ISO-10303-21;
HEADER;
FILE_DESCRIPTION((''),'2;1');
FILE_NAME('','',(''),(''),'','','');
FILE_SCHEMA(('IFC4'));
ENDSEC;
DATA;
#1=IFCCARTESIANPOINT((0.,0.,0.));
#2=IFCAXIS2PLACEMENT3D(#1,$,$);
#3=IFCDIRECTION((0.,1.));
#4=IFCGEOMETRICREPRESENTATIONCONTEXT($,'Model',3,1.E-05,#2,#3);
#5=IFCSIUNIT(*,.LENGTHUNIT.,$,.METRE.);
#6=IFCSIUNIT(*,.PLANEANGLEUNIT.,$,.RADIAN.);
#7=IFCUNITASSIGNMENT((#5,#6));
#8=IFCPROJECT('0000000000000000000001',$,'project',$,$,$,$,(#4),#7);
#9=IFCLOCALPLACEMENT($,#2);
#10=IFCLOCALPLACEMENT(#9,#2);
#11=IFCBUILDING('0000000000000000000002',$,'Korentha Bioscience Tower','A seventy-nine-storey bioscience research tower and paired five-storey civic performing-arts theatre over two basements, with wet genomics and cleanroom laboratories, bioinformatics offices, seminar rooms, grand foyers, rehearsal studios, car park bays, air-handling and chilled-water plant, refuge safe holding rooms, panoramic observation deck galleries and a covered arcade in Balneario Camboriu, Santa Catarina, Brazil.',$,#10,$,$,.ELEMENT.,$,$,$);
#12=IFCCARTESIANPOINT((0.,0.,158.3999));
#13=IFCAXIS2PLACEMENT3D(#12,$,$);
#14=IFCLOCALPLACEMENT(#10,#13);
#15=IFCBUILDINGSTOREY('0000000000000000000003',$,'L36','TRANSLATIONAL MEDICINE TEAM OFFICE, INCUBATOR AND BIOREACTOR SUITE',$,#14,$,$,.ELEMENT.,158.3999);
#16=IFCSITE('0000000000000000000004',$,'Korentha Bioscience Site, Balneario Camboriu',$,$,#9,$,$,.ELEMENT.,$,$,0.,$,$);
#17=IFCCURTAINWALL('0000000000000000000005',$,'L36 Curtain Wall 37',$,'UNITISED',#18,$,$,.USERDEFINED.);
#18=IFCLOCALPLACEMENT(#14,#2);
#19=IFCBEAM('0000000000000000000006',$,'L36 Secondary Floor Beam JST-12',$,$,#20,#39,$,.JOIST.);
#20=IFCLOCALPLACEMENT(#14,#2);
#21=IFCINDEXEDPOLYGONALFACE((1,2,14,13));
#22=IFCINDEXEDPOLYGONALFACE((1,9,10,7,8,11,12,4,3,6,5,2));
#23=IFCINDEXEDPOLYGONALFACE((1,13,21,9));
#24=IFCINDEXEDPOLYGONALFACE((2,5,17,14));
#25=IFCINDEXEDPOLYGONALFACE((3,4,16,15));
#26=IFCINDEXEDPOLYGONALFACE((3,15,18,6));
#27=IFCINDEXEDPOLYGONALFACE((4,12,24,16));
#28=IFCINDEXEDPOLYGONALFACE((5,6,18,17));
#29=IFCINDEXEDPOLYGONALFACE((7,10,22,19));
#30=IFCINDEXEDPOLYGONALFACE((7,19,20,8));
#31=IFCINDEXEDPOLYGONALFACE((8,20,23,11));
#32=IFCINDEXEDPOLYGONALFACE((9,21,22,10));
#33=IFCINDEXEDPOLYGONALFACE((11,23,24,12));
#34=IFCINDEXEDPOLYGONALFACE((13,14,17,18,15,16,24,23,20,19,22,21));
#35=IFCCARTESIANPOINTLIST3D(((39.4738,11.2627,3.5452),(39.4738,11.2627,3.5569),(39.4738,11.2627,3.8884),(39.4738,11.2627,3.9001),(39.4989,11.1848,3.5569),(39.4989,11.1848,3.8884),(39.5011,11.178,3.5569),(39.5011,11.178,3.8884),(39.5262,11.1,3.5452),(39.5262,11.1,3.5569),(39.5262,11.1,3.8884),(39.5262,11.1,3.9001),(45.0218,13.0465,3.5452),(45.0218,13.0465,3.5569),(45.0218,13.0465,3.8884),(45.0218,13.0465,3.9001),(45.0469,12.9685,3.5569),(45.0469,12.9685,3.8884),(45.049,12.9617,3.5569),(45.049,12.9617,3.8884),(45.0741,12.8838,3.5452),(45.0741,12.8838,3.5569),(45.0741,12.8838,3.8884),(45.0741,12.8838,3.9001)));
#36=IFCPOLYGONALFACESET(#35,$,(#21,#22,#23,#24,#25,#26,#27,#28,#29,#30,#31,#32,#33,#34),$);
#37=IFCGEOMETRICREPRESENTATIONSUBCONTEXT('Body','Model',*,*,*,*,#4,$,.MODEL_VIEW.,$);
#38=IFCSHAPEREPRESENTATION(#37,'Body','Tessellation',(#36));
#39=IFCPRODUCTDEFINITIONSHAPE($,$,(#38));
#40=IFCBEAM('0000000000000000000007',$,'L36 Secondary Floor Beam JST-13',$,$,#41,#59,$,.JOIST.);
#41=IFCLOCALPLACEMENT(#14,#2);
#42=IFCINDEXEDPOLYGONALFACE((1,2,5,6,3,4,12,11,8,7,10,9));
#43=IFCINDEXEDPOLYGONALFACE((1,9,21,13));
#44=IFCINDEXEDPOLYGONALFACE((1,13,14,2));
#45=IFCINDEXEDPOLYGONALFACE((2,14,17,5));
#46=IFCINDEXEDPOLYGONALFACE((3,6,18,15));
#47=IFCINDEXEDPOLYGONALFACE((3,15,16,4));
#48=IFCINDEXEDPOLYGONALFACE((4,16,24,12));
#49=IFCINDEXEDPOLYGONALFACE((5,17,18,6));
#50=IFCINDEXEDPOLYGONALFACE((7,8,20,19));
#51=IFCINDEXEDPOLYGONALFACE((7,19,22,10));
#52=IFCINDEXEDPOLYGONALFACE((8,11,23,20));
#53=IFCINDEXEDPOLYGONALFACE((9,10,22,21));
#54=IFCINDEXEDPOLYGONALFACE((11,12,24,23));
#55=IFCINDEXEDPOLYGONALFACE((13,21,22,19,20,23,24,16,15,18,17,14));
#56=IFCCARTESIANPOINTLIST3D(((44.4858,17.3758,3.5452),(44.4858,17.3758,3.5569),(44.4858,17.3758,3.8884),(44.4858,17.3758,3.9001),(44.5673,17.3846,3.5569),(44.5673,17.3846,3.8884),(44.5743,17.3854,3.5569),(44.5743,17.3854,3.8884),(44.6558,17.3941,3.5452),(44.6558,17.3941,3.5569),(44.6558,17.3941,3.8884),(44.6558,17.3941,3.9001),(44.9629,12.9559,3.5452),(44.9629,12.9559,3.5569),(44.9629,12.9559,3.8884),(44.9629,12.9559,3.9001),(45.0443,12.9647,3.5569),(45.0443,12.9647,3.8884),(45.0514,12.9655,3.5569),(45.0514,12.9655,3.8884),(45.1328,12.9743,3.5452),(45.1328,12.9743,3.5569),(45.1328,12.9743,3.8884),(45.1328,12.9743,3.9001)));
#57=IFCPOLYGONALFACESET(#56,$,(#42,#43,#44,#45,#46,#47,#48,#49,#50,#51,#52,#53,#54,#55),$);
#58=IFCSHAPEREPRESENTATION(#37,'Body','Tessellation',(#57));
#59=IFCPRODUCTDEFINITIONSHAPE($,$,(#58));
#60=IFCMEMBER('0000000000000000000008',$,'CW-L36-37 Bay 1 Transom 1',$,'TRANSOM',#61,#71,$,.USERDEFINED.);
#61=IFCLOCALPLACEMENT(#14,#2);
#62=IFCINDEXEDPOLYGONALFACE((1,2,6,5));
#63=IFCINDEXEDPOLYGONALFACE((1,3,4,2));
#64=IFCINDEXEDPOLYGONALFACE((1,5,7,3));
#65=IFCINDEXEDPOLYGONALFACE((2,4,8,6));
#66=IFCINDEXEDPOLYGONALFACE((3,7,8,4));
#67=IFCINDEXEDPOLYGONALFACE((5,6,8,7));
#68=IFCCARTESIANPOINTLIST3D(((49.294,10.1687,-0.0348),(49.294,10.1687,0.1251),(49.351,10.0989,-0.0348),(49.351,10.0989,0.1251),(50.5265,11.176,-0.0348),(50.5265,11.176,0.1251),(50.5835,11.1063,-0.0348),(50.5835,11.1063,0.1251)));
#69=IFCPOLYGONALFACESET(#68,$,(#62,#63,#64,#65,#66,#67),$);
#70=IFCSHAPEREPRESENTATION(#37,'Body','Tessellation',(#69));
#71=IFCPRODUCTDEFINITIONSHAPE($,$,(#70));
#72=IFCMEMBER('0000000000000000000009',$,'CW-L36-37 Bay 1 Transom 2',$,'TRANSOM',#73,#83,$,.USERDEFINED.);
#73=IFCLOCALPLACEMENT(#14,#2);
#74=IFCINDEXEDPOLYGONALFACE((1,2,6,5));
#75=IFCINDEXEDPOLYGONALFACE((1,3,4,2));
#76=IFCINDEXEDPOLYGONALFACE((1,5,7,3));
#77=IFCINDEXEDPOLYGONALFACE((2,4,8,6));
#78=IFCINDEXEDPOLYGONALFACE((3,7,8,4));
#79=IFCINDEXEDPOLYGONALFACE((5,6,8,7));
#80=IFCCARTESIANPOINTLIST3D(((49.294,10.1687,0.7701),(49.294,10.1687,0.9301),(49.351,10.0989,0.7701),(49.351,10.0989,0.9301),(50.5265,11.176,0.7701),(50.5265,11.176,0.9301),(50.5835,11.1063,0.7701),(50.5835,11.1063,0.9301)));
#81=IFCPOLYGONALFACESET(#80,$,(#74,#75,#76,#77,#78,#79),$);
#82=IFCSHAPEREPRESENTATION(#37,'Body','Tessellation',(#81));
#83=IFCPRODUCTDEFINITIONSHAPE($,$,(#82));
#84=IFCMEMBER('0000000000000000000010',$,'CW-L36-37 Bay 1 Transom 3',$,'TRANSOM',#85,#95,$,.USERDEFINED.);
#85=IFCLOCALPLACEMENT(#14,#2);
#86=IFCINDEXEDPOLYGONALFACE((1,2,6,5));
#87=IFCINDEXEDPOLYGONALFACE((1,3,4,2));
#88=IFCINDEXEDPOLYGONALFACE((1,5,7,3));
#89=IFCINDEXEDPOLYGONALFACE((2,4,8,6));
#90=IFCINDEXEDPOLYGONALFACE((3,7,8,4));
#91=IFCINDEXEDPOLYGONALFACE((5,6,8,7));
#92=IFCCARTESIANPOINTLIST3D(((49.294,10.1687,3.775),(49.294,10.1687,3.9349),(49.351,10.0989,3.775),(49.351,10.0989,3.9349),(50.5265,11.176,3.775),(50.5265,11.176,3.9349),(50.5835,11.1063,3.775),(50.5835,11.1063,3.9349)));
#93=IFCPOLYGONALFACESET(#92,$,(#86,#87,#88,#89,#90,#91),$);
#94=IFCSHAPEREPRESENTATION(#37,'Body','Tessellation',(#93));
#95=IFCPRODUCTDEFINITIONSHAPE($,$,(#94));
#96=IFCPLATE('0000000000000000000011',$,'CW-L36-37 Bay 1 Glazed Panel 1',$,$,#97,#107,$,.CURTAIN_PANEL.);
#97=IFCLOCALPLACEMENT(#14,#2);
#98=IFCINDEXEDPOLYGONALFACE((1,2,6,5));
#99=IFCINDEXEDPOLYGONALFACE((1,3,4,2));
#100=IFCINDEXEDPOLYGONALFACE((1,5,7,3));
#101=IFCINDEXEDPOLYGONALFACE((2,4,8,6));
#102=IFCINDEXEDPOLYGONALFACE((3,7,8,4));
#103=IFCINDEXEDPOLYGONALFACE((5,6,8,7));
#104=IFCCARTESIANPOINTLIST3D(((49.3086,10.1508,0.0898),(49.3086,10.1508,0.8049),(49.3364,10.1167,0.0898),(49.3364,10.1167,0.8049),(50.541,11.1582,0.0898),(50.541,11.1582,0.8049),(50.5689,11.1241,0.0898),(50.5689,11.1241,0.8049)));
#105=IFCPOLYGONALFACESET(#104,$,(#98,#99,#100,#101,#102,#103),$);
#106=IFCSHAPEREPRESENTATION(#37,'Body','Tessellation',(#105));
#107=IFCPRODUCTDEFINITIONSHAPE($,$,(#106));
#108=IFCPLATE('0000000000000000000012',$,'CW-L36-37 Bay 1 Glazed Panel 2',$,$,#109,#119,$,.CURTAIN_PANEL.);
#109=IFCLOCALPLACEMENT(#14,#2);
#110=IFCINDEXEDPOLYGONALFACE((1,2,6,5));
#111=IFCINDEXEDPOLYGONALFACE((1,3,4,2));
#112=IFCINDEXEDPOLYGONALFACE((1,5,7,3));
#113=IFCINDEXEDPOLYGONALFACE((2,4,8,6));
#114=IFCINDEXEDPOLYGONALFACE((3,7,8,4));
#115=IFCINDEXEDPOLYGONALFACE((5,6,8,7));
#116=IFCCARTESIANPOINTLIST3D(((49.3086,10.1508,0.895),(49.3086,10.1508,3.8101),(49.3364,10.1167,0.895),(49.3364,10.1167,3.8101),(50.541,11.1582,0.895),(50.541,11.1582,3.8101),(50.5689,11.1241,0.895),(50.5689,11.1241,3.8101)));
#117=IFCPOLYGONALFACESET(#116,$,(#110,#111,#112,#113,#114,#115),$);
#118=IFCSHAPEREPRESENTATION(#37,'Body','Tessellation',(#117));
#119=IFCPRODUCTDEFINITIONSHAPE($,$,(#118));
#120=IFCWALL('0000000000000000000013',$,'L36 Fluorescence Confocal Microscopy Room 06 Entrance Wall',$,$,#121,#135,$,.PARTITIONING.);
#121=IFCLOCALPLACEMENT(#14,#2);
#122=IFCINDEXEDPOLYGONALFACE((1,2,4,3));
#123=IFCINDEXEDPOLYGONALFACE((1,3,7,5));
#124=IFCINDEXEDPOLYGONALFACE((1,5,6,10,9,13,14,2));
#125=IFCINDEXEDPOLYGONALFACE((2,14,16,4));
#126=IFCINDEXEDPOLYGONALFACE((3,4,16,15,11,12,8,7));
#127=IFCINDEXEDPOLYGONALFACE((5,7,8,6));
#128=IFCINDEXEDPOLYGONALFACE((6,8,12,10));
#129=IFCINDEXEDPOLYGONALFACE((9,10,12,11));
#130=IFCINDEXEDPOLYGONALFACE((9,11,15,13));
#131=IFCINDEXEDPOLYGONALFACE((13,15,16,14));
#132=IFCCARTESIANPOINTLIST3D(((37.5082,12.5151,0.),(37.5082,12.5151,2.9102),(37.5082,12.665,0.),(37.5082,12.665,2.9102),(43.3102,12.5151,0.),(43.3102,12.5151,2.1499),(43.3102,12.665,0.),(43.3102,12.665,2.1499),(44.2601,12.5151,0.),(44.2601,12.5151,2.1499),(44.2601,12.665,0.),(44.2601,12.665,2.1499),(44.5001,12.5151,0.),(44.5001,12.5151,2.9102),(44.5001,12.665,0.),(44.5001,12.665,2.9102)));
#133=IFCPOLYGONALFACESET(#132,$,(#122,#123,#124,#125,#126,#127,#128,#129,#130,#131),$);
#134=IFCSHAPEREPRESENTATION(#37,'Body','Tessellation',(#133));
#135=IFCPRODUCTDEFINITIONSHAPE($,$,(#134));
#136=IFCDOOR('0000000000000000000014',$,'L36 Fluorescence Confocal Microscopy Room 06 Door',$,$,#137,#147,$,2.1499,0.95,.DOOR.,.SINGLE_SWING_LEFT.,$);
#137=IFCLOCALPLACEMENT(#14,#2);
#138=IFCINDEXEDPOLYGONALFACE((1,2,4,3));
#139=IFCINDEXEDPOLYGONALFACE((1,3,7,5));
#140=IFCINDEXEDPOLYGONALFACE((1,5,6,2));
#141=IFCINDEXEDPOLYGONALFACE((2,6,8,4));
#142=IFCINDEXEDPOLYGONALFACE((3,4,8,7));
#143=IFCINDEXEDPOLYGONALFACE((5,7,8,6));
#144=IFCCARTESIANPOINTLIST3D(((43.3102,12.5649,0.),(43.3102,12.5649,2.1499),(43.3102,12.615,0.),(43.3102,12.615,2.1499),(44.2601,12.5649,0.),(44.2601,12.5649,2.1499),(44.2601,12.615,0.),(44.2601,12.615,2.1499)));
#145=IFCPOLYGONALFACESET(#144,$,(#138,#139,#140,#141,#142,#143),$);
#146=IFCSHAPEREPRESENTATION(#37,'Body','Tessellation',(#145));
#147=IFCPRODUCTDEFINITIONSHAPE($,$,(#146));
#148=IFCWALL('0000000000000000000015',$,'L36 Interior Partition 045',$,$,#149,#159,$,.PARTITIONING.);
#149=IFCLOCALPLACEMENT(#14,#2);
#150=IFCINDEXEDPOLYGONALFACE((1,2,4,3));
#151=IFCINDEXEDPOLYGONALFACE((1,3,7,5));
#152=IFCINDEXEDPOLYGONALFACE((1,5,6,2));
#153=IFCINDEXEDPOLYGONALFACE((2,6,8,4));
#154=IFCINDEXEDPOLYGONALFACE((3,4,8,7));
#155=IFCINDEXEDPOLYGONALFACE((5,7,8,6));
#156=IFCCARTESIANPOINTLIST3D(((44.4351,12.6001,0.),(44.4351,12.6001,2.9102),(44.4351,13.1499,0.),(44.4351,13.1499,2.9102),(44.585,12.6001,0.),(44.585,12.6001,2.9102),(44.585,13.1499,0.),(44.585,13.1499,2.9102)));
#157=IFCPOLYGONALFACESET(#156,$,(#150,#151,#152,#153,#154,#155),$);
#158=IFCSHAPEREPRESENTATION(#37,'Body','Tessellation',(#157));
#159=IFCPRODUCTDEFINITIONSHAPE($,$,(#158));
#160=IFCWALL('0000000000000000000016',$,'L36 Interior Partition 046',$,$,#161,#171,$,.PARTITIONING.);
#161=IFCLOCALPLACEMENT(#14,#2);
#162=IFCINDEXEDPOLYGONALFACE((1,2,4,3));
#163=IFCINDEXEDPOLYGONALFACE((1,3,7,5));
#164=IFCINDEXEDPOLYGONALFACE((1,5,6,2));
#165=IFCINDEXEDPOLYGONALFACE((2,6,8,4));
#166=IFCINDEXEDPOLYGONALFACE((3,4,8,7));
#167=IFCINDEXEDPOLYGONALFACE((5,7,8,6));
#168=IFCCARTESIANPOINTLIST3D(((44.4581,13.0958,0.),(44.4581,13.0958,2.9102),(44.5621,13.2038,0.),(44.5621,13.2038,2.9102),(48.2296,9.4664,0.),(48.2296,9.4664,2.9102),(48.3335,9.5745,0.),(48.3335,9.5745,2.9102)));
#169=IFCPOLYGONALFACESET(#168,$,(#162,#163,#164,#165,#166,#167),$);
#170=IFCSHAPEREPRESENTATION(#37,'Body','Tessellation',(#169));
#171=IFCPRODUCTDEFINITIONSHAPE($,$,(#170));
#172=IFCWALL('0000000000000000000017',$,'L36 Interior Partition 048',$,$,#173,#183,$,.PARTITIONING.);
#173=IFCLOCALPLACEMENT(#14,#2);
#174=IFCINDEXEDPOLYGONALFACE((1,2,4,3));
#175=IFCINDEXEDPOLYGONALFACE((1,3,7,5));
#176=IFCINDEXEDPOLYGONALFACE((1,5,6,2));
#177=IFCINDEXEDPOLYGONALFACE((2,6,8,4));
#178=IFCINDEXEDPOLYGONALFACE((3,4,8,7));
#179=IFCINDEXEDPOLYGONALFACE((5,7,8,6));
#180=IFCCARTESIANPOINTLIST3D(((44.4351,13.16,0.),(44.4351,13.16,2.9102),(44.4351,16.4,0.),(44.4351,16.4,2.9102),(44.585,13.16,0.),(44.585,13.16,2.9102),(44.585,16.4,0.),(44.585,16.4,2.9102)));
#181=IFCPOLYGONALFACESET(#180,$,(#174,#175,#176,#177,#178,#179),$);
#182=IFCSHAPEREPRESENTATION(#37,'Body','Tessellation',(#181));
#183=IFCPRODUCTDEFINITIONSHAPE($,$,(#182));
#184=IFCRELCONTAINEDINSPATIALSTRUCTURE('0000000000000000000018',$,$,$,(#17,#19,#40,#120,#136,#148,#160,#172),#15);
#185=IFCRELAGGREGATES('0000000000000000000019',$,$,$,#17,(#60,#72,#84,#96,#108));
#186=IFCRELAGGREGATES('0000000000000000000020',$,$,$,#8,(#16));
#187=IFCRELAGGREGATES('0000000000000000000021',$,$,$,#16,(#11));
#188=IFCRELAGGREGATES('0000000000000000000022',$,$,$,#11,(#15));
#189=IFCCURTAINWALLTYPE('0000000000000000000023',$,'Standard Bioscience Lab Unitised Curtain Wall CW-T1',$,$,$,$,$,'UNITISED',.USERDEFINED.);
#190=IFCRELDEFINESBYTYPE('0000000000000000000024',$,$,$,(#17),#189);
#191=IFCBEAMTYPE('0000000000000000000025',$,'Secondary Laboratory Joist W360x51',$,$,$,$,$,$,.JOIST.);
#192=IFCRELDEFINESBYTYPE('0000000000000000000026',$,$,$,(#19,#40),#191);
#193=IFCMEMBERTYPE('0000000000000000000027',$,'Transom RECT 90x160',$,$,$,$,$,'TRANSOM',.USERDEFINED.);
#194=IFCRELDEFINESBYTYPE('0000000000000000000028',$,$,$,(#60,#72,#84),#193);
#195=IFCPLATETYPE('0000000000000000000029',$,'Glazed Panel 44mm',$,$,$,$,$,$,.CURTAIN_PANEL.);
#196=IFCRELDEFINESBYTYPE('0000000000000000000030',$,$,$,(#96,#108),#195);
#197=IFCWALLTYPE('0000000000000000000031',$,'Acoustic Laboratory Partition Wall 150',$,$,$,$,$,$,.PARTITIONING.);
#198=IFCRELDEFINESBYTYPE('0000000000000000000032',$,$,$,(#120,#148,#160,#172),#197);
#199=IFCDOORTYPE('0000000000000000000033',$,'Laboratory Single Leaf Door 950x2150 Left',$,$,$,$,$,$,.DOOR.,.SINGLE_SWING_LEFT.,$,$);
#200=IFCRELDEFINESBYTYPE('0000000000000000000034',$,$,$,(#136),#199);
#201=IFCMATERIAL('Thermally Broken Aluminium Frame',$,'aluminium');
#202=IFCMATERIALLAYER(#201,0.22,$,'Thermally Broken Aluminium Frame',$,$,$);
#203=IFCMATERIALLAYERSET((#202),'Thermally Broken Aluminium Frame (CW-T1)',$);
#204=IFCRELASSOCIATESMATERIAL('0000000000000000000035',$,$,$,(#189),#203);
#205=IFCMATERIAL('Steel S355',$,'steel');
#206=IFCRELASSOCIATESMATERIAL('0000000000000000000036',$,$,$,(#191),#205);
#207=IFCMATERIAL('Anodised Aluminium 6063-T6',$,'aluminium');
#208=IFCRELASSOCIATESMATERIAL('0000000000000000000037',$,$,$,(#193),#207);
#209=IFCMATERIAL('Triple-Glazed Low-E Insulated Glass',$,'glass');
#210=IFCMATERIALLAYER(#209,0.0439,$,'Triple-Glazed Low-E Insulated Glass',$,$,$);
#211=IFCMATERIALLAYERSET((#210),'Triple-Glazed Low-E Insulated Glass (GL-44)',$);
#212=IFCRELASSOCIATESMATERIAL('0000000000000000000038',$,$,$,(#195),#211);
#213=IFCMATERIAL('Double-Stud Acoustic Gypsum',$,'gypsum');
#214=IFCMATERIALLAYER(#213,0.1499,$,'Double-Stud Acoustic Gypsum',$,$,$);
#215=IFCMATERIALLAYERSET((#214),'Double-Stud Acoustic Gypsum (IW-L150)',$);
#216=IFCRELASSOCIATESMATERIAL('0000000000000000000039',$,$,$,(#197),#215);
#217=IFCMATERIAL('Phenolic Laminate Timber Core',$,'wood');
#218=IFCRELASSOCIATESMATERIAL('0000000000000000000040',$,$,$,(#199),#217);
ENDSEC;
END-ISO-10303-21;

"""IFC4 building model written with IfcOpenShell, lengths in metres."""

from ifc_helpers import new_model, si_unit, direction, frame, frame_2d, origin, origin_2d, place, context, subcontext, project, spatial, rectangle, i_section, extrude, material, layer, layer_set, material_profile, profile_set, type_object, element, fill, aggregate, save


model = new_model("IFC4")

# Units and contexts
model_context = context("Model", 3, precision=1e-05, world=origin(), true_north=direction((0.0, 1.0)))
body_context = subcontext(model_context, "Body", "Model", "MODEL_VIEW")
ifc_project = project(units=[si_unit("LENGTHUNIT", "METRE"), si_unit("PLANEANGLEUNIT", "RADIAN")], contexts=[model_context])

# Site, building, storey
site_placement = place(None, origin())
site = spatial("IfcSite", under=ifc_project, at=site_placement, Name="Korentha Bioscience Site, Balneario Camboriu", CompositionType="ELEMENT", RefElevation=0.0)
building_placement = place(site_placement, origin())
building = spatial("IfcBuilding", under=site, at=building_placement, Name="Korentha Bioscience Tower", Description="A seventy-nine-storey bioscience research tower and paired five-storey civic performing-arts theatre over two basements, with wet genomics and cleanroom laboratories, bioinformatics offices, seminar rooms, grand foyers, rehearsal studios, car park bays, air-handling and chilled-water plant, refuge safe holding rooms, panoramic observation deck galleries and a covered arcade in Balneario Camboriu, Santa Catarina, Brazil.", CompositionType="ELEMENT")
storey_placement = place(building_placement, frame((0.0, 0.0, 158.3999)))
storey = spatial("IfcBuildingStorey", under=building, at=storey_placement, Name="L36", Description="TRANSLATIONAL MEDICINE TEAM OFFICE, INCUBATOR AND BIOREACTOR SUITE", CompositionType="ELEMENT", Elevation=158.3999)

# Curtain wall
ifc_material_1 = material(Name="Thermally Broken Aluminium Frame", Category="aluminium")
ifc_layer_1 = layer(ifc_material_1, 0.22, Name="Thermally Broken Aluminium Frame")
ifc_layer_set_1 = layer_set([ifc_layer_1], Name="Thermally Broken Aluminium Frame (CW-T1)")
curtain_wall_type = type_object("IfcCurtainWallType", Name="Standard Bioscience Lab Unitised Curtain Wall CW-T1", ElementType="UNITISED", PredefinedType="USERDEFINED", material=ifc_layer_set_1)
curtain_wall_placement = place(storey_placement, origin())
curtain_wall = element("IfcCurtainWall", 1, at=curtain_wall_placement, inside=storey, type_object=curtain_wall_type, Name="L36 Curtain Wall 37", ObjectType="UNITISED", PredefinedType="USERDEFINED")
ifc_material_2 = material(Name="Anodised Aluminium 6063-T6", Category="aluminium")

# Beams
ifc_material_3 = material(Name="Steel S355", Category="steel")
ifc_material_profile_1 = material_profile(ifc_material_3, i_section(OverallWidth=0.1709, OverallDepth=0.355, WebThickness=0.0071, FlangeThickness=0.0117, at=origin_2d()), Name="Steel S355")
ifc_profile_set_1 = profile_set([ifc_material_profile_1], Name="Steel S355 (JB-360)")
beam_type_1 = type_object("IfcBeamType", Name="Secondary Laboratory Joist W360x51", PredefinedType="JOIST", material=ifc_profile_set_1)
beam_1_placement = place(storey_placement, frame((39.5, 11.1814, 3.7227), z_axis=(0.952006, 0.30608, 0.0), x_axis=(-0.30608, 0.952006, 0.0)))
element("IfcBeam", 2, at=beam_1_placement, inside=storey, type_object=beam_type_1, Name="L36 Secondary Floor Beam JST-12", PredefinedType="JOIST", context=body_context, shape_type="SweptSolid", body=[
    extrude(i_section(OverallWidth=0.1709, OverallDepth=0.355, WebThickness=0.0071, FlangeThickness=0.0117, at=origin_2d()), origin(), (0.0, 0.0, 1.0), 5.8276),
])
beam_2_placement = place(storey_placement, frame((45.0479, 12.9651, 3.7227), z_axis=(-0.107309, 0.994226, 0.0), x_axis=(-0.994226, -0.107309, 0.0)))
element("IfcBeam", 3, at=beam_2_placement, inside=storey, type_object=beam_type_1, Name="L36 Secondary Floor Beam JST-13", PredefinedType="JOIST", context=body_context, shape_type="SweptSolid", body=[
    extrude(i_section(OverallWidth=0.1709, OverallDepth=0.355, WebThickness=0.0071, FlangeThickness=0.0117, at=origin_2d()), origin(), (0.0, 0.0, 1.0), 4.4456),
])

# Members
ifc_material_profile_2 = material_profile(ifc_material_2, rectangle(XDim=0.0901, YDim=0.1599, at=origin_2d()), Name="Anodised Aluminium 6063-T6")
ifc_profile_set_2 = profile_set([ifc_material_profile_2], Name="Anodised Aluminium 6063-T6 (CW-TRN)")
member_type_1 = type_object("IfcMemberType", Name="Transom RECT 90x160", ElementType="TRANSOM", PredefinedType="USERDEFINED", material=ifc_profile_set_2)
member_1_placement = place(storey_placement, frame((49.3225, 10.1338, 0.0452), z_axis=(0.774272, 0.632853, 0.0), x_axis=(-0.632853, 0.774272, 0.0)))
member_1 = element("IfcMember", 4, at=member_1_placement, type_object=member_type_1, Name="CW-L36-37 Bay 1 Transom 1", ObjectType="TRANSOM", PredefinedType="USERDEFINED", context=body_context, shape_type="SweptSolid", body=[
    extrude(rectangle(XDim=0.0901, YDim=0.1599, at=origin_2d()), origin(), (0.0, 0.0, 1.0), 1.5918),
])
member_2_placement = place(storey_placement, frame((49.3225, 10.1338, 0.8501), z_axis=(0.774272, 0.632853, 0.0), x_axis=(-0.632853, 0.774272, 0.0)))
member_2 = element("IfcMember", 5, at=member_2_placement, type_object=member_type_1, Name="CW-L36-37 Bay 1 Transom 2", ObjectType="TRANSOM", PredefinedType="USERDEFINED", context=body_context, shape_type="SweptSolid", body=[
    extrude(rectangle(XDim=0.0901, YDim=0.1599, at=origin_2d()), origin(), (0.0, 0.0, 1.0), 1.5918),
])
member_3_placement = place(storey_placement, frame((49.3225, 10.1338, 3.855), z_axis=(0.774272, 0.632853, 0.0), x_axis=(-0.632853, 0.774272, 0.0)))
member_3 = element("IfcMember", 6, at=member_3_placement, type_object=member_type_1, Name="CW-L36-37 Bay 1 Transom 3", ObjectType="TRANSOM", PredefinedType="USERDEFINED", context=body_context, shape_type="SweptSolid", body=[
    extrude(rectangle(XDim=0.0901, YDim=0.1599, at=origin_2d()), origin(), (0.0, 0.0, 1.0), 1.5918),
])

# Plates
ifc_material_4 = material(Name="Triple-Glazed Low-E Insulated Glass", Category="glass")
ifc_layer_2 = layer(ifc_material_4, 0.0439, Name="Triple-Glazed Low-E Insulated Glass")
ifc_layer_set_2 = layer_set([ifc_layer_2], Name="Triple-Glazed Low-E Insulated Glass (GL-44)")
plate_type = type_object("IfcPlateType", Name="Glazed Panel 44mm", PredefinedType="CURTAIN_PANEL", material=ifc_layer_set_2)
plate_1_placement = place(storey_placement, frame((49.9387, 10.6375, 0.0898), z_axis=(0.0, 0.0, 1.0), x_axis=(0.774256, 0.632872, 0.0)))
plate_1 = element("IfcPlate", 7, at=plate_1_placement, type_object=plate_type, Name="CW-L36-37 Bay 1 Glazed Panel 1", PredefinedType="CURTAIN_PANEL", context=body_context, shape_type="SweptSolid", body=[
    extrude(rectangle(XDim=1.5918, YDim=0.0439, at=origin_2d()), origin(), (0.0, 0.0, 1.0), 0.7151),
])
plate_2_placement = place(storey_placement, frame((49.9387, 10.6375, 0.895), z_axis=(0.0, 0.0, 1.0), x_axis=(0.774256, 0.632872, 0.0)))
plate_2 = element("IfcPlate", 8, at=plate_2_placement, type_object=plate_type, Name="CW-L36-37 Bay 1 Glazed Panel 2", PredefinedType="CURTAIN_PANEL", context=body_context, shape_type="SweptSolid", body=[
    extrude(rectangle(XDim=1.5918, YDim=0.0439, at=origin_2d()), origin(), (0.0, 0.0, 1.0), 2.915),
])
aggregate(curtain_wall, [member_1, member_2, member_3, plate_1, plate_2])

# Wall, opening, door
ifc_material_5 = material(Name="Double-Stud Acoustic Gypsum", Category="gypsum")
ifc_layer_3 = layer(ifc_material_5, 0.1499, Name="Double-Stud Acoustic Gypsum")
ifc_layer_set_3 = layer_set([ifc_layer_3], Name="Double-Stud Acoustic Gypsum (IW-L150)")
wall_type_1 = type_object("IfcWallType", Name="Acoustic Laboratory Partition Wall 150", PredefinedType="PARTITIONING", material=ifc_layer_set_3)
wall_1_placement = place(storey_placement, frame((37.5081, 12.5901, 0.0), z_axis=(0.0, 0.0, 1.0), x_axis=(1.0, 0.0, 0.0)))
wall_1 = element("IfcWall", 9, at=wall_1_placement, inside=storey, type_object=wall_type_1, Name="L36 Fluorescence Confocal Microscopy Room 06 Entrance Wall", PredefinedType="PARTITIONING", context=body_context, shape_type="SweptSolid", body=[
    extrude(rectangle(XDim=6.9919, YDim=0.1499, at=frame_2d((3.4961, 0.0))), origin(), (0.0, 0.0, 1.0), 2.9102),
])
opening_placement = place(wall_1_placement, frame((5.802, 0.0, 0.0)))
opening = element("IfcOpeningElement", 10, at=opening_placement, cuts=wall_1, PredefinedType="OPENING", context=body_context, shape_type="SweptSolid", body=[
    extrude(rectangle(XDim=0.95, YDim=2.1499, at=frame_2d((0.4751, 1.075))), frame((0.0, 0.0898, 0.0), z_axis=(0.0, -1.0, 0.0), x_axis=(1.0, 0.0, 0.0)), (0.0, 0.0, 1.0), 0.1797),
])
ifc_material_6 = material(Name="Phenolic Laminate Timber Core", Category="wood")
door_type = type_object("IfcDoorType", Name="Laboratory Single Leaf Door 950x2150 Left", OperationType="SINGLE_SWING_LEFT", PredefinedType="DOOR", material=ifc_material_6)
door_placement = place(opening_placement, origin())
door = element("IfcDoor", 11, at=door_placement, inside=storey, type_object=door_type, Name="L36 Fluorescence Confocal Microscopy Room 06 Door", OperationType="SINGLE_SWING_LEFT", OverallHeight=2.1499, OverallWidth=0.95, PredefinedType="DOOR", context=body_context, shape_type="SweptSolid", body=[
    extrude(rectangle(XDim=0.95, YDim=2.1499, at=frame_2d((0.4751, 1.075))), frame((0.0, 0.0249, 0.0), z_axis=(0.0, -1.0, 0.0), x_axis=(1.0, 0.0, 0.0)), (0.0, 0.0, 1.0), 0.05),
])
fill(opening, door)

# Walls
wall_2_placement = place(storey_placement, frame((44.51, 12.6001, 0.0), z_axis=(0.0, 0.0, 1.0), x_axis=(0.0, 1.0, 0.0)))
element("IfcWall", 12, at=wall_2_placement, inside=storey, type_object=wall_type_1, Name="L36 Interior Partition 045", PredefinedType="PARTITIONING", context=body_context, shape_type="SweptSolid", body=[
    extrude(rectangle(XDim=0.5498, YDim=0.1499, at=frame_2d((0.2749, 0.0))), origin(), (0.0, 0.0, 1.0), 2.9102),
])
wall_3_placement = place(storey_placement, frame((44.51, 13.1499, 0.0), z_axis=(0.0, 0.0, 1.0), x_axis=(0.72055, -0.693403, 0.0)))
element("IfcWall", 13, at=wall_3_placement, inside=storey, type_object=wall_type_1, Name="L36 Interior Partition 046", PredefinedType="PARTITIONING", context=body_context, shape_type="SweptSolid", body=[
    extrude(rectangle(XDim=5.2341, YDim=0.1499, at=frame_2d((2.6172, 0.0))), origin(), (0.0, 0.0, 1.0), 2.9102),
])
wall_4_placement = place(storey_placement, frame((44.51, 13.1599, 0.0), z_axis=(0.0, 0.0, 1.0), x_axis=(0.0, 1.0, 0.0)))
element("IfcWall", 14, at=wall_4_placement, inside=storey, type_object=wall_type_1, Name="L36 Interior Partition 048", PredefinedType="PARTITIONING", context=body_context, shape_type="SweptSolid", body=[
    extrude(rectangle(XDim=3.24, YDim=0.1499, at=frame_2d((1.6201, 0.0))), origin(), (0.0, 0.0, 1.0), 2.9102),
])

save(model, "model.ifc")
